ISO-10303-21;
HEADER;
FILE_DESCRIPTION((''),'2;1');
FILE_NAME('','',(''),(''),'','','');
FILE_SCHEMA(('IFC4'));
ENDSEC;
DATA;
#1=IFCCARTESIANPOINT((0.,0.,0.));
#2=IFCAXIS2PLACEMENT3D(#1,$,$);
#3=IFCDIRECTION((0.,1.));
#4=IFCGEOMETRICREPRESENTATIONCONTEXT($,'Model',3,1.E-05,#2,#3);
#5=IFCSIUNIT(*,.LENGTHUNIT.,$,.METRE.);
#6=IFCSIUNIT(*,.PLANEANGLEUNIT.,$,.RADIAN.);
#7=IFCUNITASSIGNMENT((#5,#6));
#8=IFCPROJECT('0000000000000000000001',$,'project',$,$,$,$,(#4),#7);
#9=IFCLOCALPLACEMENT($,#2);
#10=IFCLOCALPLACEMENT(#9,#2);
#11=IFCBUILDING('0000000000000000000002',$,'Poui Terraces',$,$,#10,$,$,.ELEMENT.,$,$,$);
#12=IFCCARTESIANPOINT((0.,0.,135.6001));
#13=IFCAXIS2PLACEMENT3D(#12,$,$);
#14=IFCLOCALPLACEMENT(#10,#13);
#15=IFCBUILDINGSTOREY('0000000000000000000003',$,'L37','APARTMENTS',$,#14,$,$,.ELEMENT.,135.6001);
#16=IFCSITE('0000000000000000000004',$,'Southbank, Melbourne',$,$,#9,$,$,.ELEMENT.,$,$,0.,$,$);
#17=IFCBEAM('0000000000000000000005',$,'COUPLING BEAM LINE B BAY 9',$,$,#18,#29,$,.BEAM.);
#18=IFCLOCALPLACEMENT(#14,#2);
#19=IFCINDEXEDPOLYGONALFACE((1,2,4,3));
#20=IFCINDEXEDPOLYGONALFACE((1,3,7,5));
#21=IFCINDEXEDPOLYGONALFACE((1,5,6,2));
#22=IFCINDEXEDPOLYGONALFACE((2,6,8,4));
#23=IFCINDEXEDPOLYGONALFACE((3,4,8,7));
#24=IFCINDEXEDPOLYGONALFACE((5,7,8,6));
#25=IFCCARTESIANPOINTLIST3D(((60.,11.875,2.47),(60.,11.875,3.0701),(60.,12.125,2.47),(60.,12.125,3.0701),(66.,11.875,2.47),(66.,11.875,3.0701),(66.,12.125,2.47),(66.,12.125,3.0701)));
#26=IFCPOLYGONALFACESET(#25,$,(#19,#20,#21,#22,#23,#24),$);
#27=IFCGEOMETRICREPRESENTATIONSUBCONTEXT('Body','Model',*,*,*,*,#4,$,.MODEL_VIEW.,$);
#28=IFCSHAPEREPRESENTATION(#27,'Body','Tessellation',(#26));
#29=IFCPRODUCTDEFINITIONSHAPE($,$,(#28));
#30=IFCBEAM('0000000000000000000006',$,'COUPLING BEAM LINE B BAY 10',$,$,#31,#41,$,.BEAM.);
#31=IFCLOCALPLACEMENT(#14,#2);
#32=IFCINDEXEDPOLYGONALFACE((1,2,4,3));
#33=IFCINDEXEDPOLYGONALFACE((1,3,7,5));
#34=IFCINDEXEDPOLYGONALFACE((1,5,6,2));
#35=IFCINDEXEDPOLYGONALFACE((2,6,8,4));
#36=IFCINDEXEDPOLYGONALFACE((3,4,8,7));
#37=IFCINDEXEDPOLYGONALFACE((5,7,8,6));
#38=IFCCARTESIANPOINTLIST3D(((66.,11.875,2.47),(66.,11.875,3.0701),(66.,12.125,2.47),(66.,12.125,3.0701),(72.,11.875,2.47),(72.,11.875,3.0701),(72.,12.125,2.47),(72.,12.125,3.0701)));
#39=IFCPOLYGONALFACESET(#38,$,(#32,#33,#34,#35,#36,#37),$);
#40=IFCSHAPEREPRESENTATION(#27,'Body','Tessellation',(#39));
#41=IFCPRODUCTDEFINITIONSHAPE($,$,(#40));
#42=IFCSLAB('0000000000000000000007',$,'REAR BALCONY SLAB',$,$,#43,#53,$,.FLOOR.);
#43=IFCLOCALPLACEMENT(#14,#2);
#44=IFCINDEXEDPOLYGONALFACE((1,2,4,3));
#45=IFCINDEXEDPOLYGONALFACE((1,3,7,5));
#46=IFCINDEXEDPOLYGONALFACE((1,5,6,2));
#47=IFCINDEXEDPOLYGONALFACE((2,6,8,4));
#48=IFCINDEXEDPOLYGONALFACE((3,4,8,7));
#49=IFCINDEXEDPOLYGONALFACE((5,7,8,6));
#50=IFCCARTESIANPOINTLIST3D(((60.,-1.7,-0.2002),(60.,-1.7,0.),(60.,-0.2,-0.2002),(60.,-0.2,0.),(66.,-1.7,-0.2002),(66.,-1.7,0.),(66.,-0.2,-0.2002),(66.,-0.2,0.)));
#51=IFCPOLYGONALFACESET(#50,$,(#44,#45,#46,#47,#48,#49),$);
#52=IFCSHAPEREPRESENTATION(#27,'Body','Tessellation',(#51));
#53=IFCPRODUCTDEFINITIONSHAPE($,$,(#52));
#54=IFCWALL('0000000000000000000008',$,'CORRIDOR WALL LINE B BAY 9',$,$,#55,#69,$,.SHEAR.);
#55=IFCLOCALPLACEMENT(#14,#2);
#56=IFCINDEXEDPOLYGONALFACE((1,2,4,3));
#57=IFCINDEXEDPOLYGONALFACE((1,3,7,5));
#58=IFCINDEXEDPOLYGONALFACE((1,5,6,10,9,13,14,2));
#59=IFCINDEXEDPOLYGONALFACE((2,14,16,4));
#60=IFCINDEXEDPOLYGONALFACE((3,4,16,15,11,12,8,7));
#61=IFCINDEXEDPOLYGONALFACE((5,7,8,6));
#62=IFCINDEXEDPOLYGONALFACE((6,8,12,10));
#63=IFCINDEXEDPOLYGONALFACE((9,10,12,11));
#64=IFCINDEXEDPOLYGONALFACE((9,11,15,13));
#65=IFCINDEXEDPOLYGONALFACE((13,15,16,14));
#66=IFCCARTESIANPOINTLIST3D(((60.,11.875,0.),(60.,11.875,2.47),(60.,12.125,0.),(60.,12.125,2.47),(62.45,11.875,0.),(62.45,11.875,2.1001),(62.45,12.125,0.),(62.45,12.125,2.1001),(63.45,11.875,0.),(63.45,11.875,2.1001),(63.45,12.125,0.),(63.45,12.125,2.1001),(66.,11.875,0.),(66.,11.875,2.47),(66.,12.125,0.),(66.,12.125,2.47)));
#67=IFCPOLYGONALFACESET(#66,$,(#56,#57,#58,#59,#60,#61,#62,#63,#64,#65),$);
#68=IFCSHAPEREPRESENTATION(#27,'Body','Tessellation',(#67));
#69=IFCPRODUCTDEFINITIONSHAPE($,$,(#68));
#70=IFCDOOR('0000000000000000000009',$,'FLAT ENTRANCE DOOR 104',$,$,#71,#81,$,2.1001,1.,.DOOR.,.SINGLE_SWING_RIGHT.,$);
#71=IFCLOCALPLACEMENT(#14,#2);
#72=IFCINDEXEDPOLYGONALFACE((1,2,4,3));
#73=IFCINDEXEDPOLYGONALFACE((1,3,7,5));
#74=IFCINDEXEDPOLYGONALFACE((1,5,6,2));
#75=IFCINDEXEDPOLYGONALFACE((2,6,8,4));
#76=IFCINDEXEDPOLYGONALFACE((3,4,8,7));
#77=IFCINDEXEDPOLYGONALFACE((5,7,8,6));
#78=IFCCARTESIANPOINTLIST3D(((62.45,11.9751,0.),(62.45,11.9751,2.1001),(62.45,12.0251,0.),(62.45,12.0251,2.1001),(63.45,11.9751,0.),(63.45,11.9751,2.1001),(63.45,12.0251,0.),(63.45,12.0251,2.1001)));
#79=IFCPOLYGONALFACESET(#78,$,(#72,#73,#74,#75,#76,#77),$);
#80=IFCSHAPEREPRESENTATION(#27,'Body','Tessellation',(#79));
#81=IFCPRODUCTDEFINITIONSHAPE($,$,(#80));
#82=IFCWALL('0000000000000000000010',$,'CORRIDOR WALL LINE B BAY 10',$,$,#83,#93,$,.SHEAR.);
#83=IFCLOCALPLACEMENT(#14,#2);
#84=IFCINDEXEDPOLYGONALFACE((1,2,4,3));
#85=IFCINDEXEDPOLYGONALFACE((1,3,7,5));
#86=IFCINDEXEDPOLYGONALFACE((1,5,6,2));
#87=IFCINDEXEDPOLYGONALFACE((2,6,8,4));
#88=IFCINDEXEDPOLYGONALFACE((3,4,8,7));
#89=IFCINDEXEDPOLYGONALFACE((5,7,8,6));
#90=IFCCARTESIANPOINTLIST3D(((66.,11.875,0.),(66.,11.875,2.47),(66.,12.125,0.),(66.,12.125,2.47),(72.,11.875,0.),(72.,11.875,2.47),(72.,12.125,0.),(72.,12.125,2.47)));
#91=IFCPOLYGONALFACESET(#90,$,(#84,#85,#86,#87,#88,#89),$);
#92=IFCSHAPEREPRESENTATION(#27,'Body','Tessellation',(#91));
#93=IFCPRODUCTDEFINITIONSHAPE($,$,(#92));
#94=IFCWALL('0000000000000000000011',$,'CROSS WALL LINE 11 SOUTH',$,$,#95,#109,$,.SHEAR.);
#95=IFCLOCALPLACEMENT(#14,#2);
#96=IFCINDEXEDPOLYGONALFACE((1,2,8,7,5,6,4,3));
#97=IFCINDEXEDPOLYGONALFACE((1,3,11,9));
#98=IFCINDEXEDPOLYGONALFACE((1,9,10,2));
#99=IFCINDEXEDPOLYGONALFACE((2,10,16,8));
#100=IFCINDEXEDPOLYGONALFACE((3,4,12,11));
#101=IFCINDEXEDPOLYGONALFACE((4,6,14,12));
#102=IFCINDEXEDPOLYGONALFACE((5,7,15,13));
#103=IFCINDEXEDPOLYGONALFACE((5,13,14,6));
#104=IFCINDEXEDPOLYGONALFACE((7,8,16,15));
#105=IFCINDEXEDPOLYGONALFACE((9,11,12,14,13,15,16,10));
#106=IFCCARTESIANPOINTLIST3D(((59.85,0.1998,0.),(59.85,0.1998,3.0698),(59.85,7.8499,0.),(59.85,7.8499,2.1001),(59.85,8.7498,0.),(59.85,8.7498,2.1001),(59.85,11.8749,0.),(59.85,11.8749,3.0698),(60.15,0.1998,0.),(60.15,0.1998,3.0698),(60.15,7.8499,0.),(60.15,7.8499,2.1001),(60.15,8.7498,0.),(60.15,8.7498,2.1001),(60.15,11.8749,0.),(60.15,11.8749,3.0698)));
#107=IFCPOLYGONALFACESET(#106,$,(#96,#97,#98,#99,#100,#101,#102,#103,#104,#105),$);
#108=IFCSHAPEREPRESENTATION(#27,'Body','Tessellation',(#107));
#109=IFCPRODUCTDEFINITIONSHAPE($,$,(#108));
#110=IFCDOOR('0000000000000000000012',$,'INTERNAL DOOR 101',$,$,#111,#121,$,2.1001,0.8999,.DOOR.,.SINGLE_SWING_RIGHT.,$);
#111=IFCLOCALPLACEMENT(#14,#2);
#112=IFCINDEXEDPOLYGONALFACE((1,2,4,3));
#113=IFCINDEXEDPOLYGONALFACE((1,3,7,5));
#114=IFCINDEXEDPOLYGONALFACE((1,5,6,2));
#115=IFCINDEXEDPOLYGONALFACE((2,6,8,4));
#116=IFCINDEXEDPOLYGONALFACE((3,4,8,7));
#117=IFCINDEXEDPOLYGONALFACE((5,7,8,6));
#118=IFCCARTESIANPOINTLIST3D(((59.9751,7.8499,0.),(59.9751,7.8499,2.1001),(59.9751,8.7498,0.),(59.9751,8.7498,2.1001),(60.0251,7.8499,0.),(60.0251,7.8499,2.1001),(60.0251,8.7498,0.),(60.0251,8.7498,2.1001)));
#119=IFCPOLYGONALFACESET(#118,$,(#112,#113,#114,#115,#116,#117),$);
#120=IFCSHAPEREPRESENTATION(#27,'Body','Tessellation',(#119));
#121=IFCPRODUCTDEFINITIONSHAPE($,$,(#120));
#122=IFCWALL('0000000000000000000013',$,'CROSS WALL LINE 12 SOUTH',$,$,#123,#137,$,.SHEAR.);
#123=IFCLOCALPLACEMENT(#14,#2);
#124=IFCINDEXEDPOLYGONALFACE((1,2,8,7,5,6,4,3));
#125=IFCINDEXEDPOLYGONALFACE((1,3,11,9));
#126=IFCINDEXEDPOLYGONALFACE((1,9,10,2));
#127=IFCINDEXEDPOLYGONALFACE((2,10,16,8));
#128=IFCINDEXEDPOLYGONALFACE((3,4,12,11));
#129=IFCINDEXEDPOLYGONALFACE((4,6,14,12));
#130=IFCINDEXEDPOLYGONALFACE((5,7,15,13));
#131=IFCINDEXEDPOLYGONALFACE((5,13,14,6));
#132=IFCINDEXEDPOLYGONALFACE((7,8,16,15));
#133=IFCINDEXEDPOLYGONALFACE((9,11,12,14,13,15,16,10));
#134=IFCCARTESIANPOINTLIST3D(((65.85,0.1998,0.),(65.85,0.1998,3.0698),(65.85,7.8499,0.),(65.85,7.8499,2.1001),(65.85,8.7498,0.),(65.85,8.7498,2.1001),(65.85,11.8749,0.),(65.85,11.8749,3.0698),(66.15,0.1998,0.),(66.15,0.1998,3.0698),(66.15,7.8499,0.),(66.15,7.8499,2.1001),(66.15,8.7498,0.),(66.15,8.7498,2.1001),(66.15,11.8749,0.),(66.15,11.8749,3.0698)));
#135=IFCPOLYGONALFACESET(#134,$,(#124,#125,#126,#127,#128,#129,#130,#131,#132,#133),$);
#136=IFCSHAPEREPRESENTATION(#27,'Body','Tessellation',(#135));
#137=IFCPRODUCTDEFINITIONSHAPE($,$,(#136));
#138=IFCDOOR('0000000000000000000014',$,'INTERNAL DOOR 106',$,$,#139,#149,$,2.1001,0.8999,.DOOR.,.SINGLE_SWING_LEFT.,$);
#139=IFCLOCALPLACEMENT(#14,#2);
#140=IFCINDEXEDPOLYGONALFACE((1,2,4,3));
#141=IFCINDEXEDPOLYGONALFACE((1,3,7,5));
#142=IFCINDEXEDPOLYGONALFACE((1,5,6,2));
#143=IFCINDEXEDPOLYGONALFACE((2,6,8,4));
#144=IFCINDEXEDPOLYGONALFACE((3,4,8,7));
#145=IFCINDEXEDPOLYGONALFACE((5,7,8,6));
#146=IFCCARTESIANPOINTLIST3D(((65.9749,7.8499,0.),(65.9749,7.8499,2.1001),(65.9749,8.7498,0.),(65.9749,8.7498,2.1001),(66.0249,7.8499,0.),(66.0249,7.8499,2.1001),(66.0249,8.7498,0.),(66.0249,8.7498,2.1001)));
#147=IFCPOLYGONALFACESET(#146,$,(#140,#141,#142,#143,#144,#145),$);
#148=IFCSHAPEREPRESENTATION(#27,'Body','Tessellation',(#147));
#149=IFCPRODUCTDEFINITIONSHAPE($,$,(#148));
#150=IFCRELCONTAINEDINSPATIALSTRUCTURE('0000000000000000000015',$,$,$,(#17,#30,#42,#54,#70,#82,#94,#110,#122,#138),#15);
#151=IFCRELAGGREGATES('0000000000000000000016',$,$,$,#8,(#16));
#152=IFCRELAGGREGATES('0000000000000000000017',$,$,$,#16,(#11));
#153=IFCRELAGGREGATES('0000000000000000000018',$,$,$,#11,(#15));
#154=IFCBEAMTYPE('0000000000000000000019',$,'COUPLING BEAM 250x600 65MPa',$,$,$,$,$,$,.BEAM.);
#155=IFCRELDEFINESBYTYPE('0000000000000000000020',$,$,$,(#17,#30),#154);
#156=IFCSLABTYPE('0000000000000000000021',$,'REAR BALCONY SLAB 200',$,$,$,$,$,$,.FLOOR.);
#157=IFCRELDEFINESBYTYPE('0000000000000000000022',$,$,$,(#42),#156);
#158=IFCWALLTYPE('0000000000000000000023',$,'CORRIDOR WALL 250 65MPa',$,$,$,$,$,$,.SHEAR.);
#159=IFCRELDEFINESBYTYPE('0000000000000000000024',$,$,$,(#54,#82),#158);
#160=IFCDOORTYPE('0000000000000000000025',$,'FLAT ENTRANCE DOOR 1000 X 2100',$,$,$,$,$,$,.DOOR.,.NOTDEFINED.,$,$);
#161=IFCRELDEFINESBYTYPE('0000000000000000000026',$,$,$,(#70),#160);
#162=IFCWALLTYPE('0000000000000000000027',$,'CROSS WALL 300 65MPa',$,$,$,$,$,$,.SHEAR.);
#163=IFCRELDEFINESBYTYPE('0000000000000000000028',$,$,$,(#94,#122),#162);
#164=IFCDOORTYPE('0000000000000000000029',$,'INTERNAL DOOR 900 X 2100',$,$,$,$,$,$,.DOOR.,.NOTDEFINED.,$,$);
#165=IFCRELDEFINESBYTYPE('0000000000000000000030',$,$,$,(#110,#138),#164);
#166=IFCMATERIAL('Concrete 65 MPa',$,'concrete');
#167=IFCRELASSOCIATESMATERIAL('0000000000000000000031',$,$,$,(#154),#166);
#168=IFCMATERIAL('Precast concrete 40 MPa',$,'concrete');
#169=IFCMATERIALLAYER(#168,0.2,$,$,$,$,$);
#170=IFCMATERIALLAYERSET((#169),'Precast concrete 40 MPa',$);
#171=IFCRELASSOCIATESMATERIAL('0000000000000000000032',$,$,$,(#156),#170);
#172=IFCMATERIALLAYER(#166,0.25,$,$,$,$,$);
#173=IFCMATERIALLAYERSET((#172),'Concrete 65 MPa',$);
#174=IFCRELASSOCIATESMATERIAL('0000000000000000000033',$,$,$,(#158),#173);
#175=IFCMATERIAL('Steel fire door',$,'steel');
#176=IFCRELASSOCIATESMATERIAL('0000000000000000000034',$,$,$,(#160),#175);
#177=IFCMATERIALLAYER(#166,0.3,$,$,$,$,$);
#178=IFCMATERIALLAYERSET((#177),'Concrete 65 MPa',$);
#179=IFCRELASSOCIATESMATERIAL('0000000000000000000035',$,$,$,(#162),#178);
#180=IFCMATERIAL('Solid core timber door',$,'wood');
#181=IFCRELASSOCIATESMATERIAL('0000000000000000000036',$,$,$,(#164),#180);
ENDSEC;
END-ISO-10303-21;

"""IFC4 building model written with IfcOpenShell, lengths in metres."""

from ifc_helpers import new_model, si_unit, direction, frame, frame_2d, origin, origin_2d, place, context, subcontext, project, spatial, polyline, rectangle, outline, extrude, source, transform, mapped, material, layer, layer_set, material_profile, profile_set, type_object, element, fill, save


model = new_model("IFC4")

# Units and contexts
model_context = context("Model", 3, precision=1e-05, world=origin(), true_north=direction((0.0, 1.0)))
body_context = subcontext(model_context, "Body", "Model", "MODEL_VIEW")
ifc_project = project(units=[si_unit("LENGTHUNIT", "METRE"), si_unit("PLANEANGLEUNIT", "RADIAN")], contexts=[model_context])

# Site, building, storey
site_placement = place(None, origin())
site = spatial("IfcSite", under=ifc_project, at=site_placement, Name="Southbank, Melbourne", CompositionType="ELEMENT", RefElevation=0.0)
building_placement = place(site_placement, origin())
building = spatial("IfcBuilding", under=site, at=building_placement, Name="Poui Terraces", CompositionType="ELEMENT")
storey_placement = place(building_placement, frame((0.0, 0.0, 135.6001)))
storey = spatial("IfcBuildingStorey", under=building, at=storey_placement, Name="L37", Description="APARTMENTS", CompositionType="ELEMENT", Elevation=135.6001)

# Beams
ifc_material_1 = material(Name="Concrete 65 MPa", Category="concrete")
ifc_material_profile_1 = material_profile(ifc_material_1, rectangle(XDim=0.25, YDim=0.6001, at=origin_2d()), Name="RC 250x600")
ifc_profile_set_1 = profile_set([ifc_material_profile_1], Name="Concrete 65 MPa")
beam_type = type_object("IfcBeamType", Name="COUPLING BEAM 250x600 65MPa", PredefinedType="BEAM", material=ifc_profile_set_1)
shared_shape_1 = source(origin(), body_context, "Body", "SweptSolid", [
    extrude(rectangle(XDim=0.25, YDim=0.6001, at=origin_2d()), origin(), (0.0, 0.0, 1.0), 6.0),
])
for number, where, z_axis, x_axis, name in (
    (1, (60.0, 12.0, 2.77), (1.0, 0.0, 0.0), (0.0, 1.0, 0.0), "COUPLING BEAM LINE B BAY 9"),
    (2, (66.0, 12.0, 2.77), (1.0, 0.0, 0.0), (0.0, 1.0, 0.0), "COUPLING BEAM LINE B BAY 10"),
):
    element("IfcBeam", number, at=place(storey_placement, frame(where, z_axis=z_axis, x_axis=x_axis)), inside=storey, type_object=beam_type, Name=name, PredefinedType="BEAM", context=body_context, shape_type="MappedRepresentation", body=[
        mapped(shared_shape_1, transform((0.0, 0.0, 0.0))),
    ])

# Slab
ifc_material_2 = material(Name="Precast concrete 40 MPa", Category="concrete")
ifc_layer_1 = layer(ifc_material_2, 0.2)
ifc_layer_set_1 = layer_set([ifc_layer_1], Name="Precast concrete 40 MPa")
slab_type = type_object("IfcSlabType", Name="REAR BALCONY SLAB 200", PredefinedType="FLOOR", material=ifc_layer_set_1)
shared_shape_2 = source(origin(), body_context, "Body", "SweptSolid", [
    extrude(outline(polyline([(0.0, 0.0), (6.0, 0.0), (6.0, 1.5), (0.0, 1.5), (0.0, 0.0)])), origin(), (0.0, 0.0, 1.0), 0.2002),
])
slab_placement = place(storey_placement, frame((60.0, -1.7, -0.2002)))
element("IfcSlab", 3, at=slab_placement, inside=storey, type_object=slab_type, Name="REAR BALCONY SLAB", PredefinedType="FLOOR", context=body_context, shape_type="MappedRepresentation", body=[
    mapped(shared_shape_2, transform((0.0, 0.0, 0.0))),
])

# Wall, opening, door
ifc_layer_2 = layer(ifc_material_1, 0.25)
ifc_layer_set_2 = layer_set([ifc_layer_2], Name="Concrete 65 MPa")
wall_type_1 = type_object("IfcWallType", Name="CORRIDOR WALL 250 65MPa", PredefinedType="SHEAR", material=ifc_layer_set_2)
wall_1_placement = place(storey_placement, frame((60.0, 12.0, 0.0), z_axis=(0.0, 0.0, 1.0), x_axis=(1.0, 0.0, 0.0)))
wall_1 = element("IfcWall", 4, at=wall_1_placement, inside=storey, type_object=wall_type_1, Name="CORRIDOR WALL LINE B BAY 9", PredefinedType="SHEAR", context=body_context, shape_type="SweptSolid", body=[
    extrude(rectangle(XDim=6.0, YDim=0.25, at=frame_2d((3.0, 0.0))), origin(), (0.0, 0.0, 1.0), 2.47),
])
opening_1_placement = place(wall_1_placement, frame((2.45, 0.0, 0.0)))
opening_1 = element("IfcOpeningElement", 5, at=opening_1_placement, cuts=wall_1, PredefinedType="OPENING", context=body_context, shape_type="SweptSolid", body=[
    extrude(rectangle(XDim=1.0, YDim=2.1001, at=frame_2d((0.5, 1.05))), frame((0.0, 0.135, 0.0), z_axis=(0.0, -1.0, 0.0), x_axis=(1.0, 0.0, 0.0)), (0.0, 0.0, 1.0), 0.27),
])
ifc_material_3 = material(Name="Steel fire door", Category="steel")
door_type_1 = type_object("IfcDoorType", Name="FLAT ENTRANCE DOOR 1000 X 2100", OperationType="NOTDEFINED", PredefinedType="DOOR", material=ifc_material_3)
door_1_placement = place(opening_1_placement, frame((1.0, 0.0, 0.0), z_axis=(0.0, 0.0, 1.0), x_axis=(-1.0, 0.0, 0.0)))
door_1 = element("IfcDoor", 6, at=door_1_placement, inside=storey, type_object=door_type_1, Name="FLAT ENTRANCE DOOR 104", OperationType="SINGLE_SWING_RIGHT", OverallHeight=2.1001, OverallWidth=1.0, PredefinedType="DOOR", context=body_context, shape_type="SweptSolid", body=[
    extrude(rectangle(XDim=1.0, YDim=2.1001, at=frame_2d((0.5, 1.05))), frame((0.0, 0.0249, 0.0), z_axis=(0.0, -1.0, 0.0), x_axis=(1.0, 0.0, 0.0)), (0.0, 0.0, 1.0), 0.05),
])
fill(opening_1, door_1)

# Wall
wall_2_placement = place(storey_placement, frame((66.0, 12.0, 0.0), z_axis=(0.0, 0.0, 1.0), x_axis=(1.0, 0.0, 0.0)))
element("IfcWall", 7, at=wall_2_placement, inside=storey, type_object=wall_type_1, Name="CORRIDOR WALL LINE B BAY 10", PredefinedType="SHEAR", context=body_context, shape_type="SweptSolid", body=[
    extrude(rectangle(XDim=6.0, YDim=0.25, at=frame_2d((3.0, 0.0))), origin(), (0.0, 0.0, 1.0), 2.47),
])

# Walls, openings, doors
ifc_layer_3 = layer(ifc_material_1, 0.3)
ifc_layer_set_3 = layer_set([ifc_layer_3], Name="Concrete 65 MPa")
wall_type_2 = type_object("IfcWallType", Name="CROSS WALL 300 65MPa", PredefinedType="SHEAR", material=ifc_layer_set_3)
wall_3_placement = place(storey_placement, frame((60.0, 0.2, 0.0), z_axis=(0.0, 0.0, 1.0), x_axis=(0.0, 1.0, 0.0)))
wall_3 = element("IfcWall", 8, at=wall_3_placement, inside=storey, type_object=wall_type_2, Name="CROSS WALL LINE 11 SOUTH", PredefinedType="SHEAR", context=body_context, shape_type="SweptSolid", body=[
    extrude(rectangle(XDim=11.675, YDim=0.3, at=frame_2d((5.8374, 0.0))), origin(), (0.0, 0.0, 1.0), 3.0698),
])
opening_2_placement = place(wall_3_placement, frame((7.6499, 0.0, 0.0)))
opening_2 = element("IfcOpeningElement", 9, at=opening_2_placement, cuts=wall_3, PredefinedType="OPENING", context=body_context, shape_type="SweptSolid", body=[
    extrude(rectangle(XDim=0.8999, YDim=2.1001, at=frame_2d((0.45, 1.05))), frame((0.0, 0.1602, 0.0), z_axis=(0.0, -1.0, 0.0), x_axis=(1.0, 0.0, 0.0)), (0.0, 0.0, 1.0), 0.3201),
])
ifc_material_4 = material(Name="Solid core timber door", Category="wood")
door_type_2 = type_object("IfcDoorType", Name="INTERNAL DOOR 900 X 2100", OperationType="NOTDEFINED", PredefinedType="DOOR", material=ifc_material_4)
door_2_placement = place(opening_2_placement, origin())
door_2 = element("IfcDoor", 10, at=door_2_placement, inside=storey, type_object=door_type_2, Name="INTERNAL DOOR 101", OperationType="SINGLE_SWING_RIGHT", OverallHeight=2.1001, OverallWidth=0.8999, PredefinedType="DOOR", context=body_context, shape_type="SweptSolid", body=[
    extrude(rectangle(XDim=0.8999, YDim=2.1001, at=frame_2d((0.45, 1.05))), frame((0.0, 0.0249, 0.0), z_axis=(0.0, -1.0, 0.0), x_axis=(1.0, 0.0, 0.0)), (0.0, 0.0, 1.0), 0.05),
])
fill(opening_2, door_2)
wall_4_placement = place(storey_placement, frame((66.0, 0.2, 0.0), z_axis=(0.0, 0.0, 1.0), x_axis=(0.0, 1.0, 0.0)))
wall_4 = element("IfcWall", 11, at=wall_4_placement, inside=storey, type_object=wall_type_2, Name="CROSS WALL LINE 12 SOUTH", PredefinedType="SHEAR", context=body_context, shape_type="SweptSolid", body=[
    extrude(rectangle(XDim=11.675, YDim=0.3, at=frame_2d((5.8374, 0.0))), origin(), (0.0, 0.0, 1.0), 3.0698),
])
opening_3_placement = place(wall_4_placement, frame((7.6499, 0.0, 0.0)))
opening_3 = element("IfcOpeningElement", 12, at=opening_3_placement, cuts=wall_4, PredefinedType="OPENING", context=body_context, shape_type="SweptSolid", body=[
    extrude(rectangle(XDim=0.8999, YDim=2.1001, at=frame_2d((0.45, 1.05))), frame((0.0, 0.1602, 0.0), z_axis=(0.0, -1.0, 0.0), x_axis=(1.0, 0.0, 0.0)), (0.0, 0.0, 1.0), 0.3201),
])
door_3_placement = place(opening_3_placement, frame((0.8999, 0.0, 0.0), z_axis=(0.0, 0.0, 1.0), x_axis=(-1.0, 0.0, 0.0)))
door_3 = element("IfcDoor", 13, at=door_3_placement, inside=storey, type_object=door_type_2, Name="INTERNAL DOOR 106", OperationType="SINGLE_SWING_LEFT", OverallHeight=2.1001, OverallWidth=0.8999, PredefinedType="DOOR", context=body_context, shape_type="SweptSolid", body=[
    extrude(rectangle(XDim=0.8999, YDim=2.1001, at=frame_2d((0.45, 1.05))), frame((0.0, 0.0249, 0.0), z_axis=(0.0, -1.0, 0.0), x_axis=(1.0, 0.0, 0.0)), (0.0, 0.0, 1.0), 0.05),
])
fill(opening_3, door_3)

save(model, "model.ifc")
